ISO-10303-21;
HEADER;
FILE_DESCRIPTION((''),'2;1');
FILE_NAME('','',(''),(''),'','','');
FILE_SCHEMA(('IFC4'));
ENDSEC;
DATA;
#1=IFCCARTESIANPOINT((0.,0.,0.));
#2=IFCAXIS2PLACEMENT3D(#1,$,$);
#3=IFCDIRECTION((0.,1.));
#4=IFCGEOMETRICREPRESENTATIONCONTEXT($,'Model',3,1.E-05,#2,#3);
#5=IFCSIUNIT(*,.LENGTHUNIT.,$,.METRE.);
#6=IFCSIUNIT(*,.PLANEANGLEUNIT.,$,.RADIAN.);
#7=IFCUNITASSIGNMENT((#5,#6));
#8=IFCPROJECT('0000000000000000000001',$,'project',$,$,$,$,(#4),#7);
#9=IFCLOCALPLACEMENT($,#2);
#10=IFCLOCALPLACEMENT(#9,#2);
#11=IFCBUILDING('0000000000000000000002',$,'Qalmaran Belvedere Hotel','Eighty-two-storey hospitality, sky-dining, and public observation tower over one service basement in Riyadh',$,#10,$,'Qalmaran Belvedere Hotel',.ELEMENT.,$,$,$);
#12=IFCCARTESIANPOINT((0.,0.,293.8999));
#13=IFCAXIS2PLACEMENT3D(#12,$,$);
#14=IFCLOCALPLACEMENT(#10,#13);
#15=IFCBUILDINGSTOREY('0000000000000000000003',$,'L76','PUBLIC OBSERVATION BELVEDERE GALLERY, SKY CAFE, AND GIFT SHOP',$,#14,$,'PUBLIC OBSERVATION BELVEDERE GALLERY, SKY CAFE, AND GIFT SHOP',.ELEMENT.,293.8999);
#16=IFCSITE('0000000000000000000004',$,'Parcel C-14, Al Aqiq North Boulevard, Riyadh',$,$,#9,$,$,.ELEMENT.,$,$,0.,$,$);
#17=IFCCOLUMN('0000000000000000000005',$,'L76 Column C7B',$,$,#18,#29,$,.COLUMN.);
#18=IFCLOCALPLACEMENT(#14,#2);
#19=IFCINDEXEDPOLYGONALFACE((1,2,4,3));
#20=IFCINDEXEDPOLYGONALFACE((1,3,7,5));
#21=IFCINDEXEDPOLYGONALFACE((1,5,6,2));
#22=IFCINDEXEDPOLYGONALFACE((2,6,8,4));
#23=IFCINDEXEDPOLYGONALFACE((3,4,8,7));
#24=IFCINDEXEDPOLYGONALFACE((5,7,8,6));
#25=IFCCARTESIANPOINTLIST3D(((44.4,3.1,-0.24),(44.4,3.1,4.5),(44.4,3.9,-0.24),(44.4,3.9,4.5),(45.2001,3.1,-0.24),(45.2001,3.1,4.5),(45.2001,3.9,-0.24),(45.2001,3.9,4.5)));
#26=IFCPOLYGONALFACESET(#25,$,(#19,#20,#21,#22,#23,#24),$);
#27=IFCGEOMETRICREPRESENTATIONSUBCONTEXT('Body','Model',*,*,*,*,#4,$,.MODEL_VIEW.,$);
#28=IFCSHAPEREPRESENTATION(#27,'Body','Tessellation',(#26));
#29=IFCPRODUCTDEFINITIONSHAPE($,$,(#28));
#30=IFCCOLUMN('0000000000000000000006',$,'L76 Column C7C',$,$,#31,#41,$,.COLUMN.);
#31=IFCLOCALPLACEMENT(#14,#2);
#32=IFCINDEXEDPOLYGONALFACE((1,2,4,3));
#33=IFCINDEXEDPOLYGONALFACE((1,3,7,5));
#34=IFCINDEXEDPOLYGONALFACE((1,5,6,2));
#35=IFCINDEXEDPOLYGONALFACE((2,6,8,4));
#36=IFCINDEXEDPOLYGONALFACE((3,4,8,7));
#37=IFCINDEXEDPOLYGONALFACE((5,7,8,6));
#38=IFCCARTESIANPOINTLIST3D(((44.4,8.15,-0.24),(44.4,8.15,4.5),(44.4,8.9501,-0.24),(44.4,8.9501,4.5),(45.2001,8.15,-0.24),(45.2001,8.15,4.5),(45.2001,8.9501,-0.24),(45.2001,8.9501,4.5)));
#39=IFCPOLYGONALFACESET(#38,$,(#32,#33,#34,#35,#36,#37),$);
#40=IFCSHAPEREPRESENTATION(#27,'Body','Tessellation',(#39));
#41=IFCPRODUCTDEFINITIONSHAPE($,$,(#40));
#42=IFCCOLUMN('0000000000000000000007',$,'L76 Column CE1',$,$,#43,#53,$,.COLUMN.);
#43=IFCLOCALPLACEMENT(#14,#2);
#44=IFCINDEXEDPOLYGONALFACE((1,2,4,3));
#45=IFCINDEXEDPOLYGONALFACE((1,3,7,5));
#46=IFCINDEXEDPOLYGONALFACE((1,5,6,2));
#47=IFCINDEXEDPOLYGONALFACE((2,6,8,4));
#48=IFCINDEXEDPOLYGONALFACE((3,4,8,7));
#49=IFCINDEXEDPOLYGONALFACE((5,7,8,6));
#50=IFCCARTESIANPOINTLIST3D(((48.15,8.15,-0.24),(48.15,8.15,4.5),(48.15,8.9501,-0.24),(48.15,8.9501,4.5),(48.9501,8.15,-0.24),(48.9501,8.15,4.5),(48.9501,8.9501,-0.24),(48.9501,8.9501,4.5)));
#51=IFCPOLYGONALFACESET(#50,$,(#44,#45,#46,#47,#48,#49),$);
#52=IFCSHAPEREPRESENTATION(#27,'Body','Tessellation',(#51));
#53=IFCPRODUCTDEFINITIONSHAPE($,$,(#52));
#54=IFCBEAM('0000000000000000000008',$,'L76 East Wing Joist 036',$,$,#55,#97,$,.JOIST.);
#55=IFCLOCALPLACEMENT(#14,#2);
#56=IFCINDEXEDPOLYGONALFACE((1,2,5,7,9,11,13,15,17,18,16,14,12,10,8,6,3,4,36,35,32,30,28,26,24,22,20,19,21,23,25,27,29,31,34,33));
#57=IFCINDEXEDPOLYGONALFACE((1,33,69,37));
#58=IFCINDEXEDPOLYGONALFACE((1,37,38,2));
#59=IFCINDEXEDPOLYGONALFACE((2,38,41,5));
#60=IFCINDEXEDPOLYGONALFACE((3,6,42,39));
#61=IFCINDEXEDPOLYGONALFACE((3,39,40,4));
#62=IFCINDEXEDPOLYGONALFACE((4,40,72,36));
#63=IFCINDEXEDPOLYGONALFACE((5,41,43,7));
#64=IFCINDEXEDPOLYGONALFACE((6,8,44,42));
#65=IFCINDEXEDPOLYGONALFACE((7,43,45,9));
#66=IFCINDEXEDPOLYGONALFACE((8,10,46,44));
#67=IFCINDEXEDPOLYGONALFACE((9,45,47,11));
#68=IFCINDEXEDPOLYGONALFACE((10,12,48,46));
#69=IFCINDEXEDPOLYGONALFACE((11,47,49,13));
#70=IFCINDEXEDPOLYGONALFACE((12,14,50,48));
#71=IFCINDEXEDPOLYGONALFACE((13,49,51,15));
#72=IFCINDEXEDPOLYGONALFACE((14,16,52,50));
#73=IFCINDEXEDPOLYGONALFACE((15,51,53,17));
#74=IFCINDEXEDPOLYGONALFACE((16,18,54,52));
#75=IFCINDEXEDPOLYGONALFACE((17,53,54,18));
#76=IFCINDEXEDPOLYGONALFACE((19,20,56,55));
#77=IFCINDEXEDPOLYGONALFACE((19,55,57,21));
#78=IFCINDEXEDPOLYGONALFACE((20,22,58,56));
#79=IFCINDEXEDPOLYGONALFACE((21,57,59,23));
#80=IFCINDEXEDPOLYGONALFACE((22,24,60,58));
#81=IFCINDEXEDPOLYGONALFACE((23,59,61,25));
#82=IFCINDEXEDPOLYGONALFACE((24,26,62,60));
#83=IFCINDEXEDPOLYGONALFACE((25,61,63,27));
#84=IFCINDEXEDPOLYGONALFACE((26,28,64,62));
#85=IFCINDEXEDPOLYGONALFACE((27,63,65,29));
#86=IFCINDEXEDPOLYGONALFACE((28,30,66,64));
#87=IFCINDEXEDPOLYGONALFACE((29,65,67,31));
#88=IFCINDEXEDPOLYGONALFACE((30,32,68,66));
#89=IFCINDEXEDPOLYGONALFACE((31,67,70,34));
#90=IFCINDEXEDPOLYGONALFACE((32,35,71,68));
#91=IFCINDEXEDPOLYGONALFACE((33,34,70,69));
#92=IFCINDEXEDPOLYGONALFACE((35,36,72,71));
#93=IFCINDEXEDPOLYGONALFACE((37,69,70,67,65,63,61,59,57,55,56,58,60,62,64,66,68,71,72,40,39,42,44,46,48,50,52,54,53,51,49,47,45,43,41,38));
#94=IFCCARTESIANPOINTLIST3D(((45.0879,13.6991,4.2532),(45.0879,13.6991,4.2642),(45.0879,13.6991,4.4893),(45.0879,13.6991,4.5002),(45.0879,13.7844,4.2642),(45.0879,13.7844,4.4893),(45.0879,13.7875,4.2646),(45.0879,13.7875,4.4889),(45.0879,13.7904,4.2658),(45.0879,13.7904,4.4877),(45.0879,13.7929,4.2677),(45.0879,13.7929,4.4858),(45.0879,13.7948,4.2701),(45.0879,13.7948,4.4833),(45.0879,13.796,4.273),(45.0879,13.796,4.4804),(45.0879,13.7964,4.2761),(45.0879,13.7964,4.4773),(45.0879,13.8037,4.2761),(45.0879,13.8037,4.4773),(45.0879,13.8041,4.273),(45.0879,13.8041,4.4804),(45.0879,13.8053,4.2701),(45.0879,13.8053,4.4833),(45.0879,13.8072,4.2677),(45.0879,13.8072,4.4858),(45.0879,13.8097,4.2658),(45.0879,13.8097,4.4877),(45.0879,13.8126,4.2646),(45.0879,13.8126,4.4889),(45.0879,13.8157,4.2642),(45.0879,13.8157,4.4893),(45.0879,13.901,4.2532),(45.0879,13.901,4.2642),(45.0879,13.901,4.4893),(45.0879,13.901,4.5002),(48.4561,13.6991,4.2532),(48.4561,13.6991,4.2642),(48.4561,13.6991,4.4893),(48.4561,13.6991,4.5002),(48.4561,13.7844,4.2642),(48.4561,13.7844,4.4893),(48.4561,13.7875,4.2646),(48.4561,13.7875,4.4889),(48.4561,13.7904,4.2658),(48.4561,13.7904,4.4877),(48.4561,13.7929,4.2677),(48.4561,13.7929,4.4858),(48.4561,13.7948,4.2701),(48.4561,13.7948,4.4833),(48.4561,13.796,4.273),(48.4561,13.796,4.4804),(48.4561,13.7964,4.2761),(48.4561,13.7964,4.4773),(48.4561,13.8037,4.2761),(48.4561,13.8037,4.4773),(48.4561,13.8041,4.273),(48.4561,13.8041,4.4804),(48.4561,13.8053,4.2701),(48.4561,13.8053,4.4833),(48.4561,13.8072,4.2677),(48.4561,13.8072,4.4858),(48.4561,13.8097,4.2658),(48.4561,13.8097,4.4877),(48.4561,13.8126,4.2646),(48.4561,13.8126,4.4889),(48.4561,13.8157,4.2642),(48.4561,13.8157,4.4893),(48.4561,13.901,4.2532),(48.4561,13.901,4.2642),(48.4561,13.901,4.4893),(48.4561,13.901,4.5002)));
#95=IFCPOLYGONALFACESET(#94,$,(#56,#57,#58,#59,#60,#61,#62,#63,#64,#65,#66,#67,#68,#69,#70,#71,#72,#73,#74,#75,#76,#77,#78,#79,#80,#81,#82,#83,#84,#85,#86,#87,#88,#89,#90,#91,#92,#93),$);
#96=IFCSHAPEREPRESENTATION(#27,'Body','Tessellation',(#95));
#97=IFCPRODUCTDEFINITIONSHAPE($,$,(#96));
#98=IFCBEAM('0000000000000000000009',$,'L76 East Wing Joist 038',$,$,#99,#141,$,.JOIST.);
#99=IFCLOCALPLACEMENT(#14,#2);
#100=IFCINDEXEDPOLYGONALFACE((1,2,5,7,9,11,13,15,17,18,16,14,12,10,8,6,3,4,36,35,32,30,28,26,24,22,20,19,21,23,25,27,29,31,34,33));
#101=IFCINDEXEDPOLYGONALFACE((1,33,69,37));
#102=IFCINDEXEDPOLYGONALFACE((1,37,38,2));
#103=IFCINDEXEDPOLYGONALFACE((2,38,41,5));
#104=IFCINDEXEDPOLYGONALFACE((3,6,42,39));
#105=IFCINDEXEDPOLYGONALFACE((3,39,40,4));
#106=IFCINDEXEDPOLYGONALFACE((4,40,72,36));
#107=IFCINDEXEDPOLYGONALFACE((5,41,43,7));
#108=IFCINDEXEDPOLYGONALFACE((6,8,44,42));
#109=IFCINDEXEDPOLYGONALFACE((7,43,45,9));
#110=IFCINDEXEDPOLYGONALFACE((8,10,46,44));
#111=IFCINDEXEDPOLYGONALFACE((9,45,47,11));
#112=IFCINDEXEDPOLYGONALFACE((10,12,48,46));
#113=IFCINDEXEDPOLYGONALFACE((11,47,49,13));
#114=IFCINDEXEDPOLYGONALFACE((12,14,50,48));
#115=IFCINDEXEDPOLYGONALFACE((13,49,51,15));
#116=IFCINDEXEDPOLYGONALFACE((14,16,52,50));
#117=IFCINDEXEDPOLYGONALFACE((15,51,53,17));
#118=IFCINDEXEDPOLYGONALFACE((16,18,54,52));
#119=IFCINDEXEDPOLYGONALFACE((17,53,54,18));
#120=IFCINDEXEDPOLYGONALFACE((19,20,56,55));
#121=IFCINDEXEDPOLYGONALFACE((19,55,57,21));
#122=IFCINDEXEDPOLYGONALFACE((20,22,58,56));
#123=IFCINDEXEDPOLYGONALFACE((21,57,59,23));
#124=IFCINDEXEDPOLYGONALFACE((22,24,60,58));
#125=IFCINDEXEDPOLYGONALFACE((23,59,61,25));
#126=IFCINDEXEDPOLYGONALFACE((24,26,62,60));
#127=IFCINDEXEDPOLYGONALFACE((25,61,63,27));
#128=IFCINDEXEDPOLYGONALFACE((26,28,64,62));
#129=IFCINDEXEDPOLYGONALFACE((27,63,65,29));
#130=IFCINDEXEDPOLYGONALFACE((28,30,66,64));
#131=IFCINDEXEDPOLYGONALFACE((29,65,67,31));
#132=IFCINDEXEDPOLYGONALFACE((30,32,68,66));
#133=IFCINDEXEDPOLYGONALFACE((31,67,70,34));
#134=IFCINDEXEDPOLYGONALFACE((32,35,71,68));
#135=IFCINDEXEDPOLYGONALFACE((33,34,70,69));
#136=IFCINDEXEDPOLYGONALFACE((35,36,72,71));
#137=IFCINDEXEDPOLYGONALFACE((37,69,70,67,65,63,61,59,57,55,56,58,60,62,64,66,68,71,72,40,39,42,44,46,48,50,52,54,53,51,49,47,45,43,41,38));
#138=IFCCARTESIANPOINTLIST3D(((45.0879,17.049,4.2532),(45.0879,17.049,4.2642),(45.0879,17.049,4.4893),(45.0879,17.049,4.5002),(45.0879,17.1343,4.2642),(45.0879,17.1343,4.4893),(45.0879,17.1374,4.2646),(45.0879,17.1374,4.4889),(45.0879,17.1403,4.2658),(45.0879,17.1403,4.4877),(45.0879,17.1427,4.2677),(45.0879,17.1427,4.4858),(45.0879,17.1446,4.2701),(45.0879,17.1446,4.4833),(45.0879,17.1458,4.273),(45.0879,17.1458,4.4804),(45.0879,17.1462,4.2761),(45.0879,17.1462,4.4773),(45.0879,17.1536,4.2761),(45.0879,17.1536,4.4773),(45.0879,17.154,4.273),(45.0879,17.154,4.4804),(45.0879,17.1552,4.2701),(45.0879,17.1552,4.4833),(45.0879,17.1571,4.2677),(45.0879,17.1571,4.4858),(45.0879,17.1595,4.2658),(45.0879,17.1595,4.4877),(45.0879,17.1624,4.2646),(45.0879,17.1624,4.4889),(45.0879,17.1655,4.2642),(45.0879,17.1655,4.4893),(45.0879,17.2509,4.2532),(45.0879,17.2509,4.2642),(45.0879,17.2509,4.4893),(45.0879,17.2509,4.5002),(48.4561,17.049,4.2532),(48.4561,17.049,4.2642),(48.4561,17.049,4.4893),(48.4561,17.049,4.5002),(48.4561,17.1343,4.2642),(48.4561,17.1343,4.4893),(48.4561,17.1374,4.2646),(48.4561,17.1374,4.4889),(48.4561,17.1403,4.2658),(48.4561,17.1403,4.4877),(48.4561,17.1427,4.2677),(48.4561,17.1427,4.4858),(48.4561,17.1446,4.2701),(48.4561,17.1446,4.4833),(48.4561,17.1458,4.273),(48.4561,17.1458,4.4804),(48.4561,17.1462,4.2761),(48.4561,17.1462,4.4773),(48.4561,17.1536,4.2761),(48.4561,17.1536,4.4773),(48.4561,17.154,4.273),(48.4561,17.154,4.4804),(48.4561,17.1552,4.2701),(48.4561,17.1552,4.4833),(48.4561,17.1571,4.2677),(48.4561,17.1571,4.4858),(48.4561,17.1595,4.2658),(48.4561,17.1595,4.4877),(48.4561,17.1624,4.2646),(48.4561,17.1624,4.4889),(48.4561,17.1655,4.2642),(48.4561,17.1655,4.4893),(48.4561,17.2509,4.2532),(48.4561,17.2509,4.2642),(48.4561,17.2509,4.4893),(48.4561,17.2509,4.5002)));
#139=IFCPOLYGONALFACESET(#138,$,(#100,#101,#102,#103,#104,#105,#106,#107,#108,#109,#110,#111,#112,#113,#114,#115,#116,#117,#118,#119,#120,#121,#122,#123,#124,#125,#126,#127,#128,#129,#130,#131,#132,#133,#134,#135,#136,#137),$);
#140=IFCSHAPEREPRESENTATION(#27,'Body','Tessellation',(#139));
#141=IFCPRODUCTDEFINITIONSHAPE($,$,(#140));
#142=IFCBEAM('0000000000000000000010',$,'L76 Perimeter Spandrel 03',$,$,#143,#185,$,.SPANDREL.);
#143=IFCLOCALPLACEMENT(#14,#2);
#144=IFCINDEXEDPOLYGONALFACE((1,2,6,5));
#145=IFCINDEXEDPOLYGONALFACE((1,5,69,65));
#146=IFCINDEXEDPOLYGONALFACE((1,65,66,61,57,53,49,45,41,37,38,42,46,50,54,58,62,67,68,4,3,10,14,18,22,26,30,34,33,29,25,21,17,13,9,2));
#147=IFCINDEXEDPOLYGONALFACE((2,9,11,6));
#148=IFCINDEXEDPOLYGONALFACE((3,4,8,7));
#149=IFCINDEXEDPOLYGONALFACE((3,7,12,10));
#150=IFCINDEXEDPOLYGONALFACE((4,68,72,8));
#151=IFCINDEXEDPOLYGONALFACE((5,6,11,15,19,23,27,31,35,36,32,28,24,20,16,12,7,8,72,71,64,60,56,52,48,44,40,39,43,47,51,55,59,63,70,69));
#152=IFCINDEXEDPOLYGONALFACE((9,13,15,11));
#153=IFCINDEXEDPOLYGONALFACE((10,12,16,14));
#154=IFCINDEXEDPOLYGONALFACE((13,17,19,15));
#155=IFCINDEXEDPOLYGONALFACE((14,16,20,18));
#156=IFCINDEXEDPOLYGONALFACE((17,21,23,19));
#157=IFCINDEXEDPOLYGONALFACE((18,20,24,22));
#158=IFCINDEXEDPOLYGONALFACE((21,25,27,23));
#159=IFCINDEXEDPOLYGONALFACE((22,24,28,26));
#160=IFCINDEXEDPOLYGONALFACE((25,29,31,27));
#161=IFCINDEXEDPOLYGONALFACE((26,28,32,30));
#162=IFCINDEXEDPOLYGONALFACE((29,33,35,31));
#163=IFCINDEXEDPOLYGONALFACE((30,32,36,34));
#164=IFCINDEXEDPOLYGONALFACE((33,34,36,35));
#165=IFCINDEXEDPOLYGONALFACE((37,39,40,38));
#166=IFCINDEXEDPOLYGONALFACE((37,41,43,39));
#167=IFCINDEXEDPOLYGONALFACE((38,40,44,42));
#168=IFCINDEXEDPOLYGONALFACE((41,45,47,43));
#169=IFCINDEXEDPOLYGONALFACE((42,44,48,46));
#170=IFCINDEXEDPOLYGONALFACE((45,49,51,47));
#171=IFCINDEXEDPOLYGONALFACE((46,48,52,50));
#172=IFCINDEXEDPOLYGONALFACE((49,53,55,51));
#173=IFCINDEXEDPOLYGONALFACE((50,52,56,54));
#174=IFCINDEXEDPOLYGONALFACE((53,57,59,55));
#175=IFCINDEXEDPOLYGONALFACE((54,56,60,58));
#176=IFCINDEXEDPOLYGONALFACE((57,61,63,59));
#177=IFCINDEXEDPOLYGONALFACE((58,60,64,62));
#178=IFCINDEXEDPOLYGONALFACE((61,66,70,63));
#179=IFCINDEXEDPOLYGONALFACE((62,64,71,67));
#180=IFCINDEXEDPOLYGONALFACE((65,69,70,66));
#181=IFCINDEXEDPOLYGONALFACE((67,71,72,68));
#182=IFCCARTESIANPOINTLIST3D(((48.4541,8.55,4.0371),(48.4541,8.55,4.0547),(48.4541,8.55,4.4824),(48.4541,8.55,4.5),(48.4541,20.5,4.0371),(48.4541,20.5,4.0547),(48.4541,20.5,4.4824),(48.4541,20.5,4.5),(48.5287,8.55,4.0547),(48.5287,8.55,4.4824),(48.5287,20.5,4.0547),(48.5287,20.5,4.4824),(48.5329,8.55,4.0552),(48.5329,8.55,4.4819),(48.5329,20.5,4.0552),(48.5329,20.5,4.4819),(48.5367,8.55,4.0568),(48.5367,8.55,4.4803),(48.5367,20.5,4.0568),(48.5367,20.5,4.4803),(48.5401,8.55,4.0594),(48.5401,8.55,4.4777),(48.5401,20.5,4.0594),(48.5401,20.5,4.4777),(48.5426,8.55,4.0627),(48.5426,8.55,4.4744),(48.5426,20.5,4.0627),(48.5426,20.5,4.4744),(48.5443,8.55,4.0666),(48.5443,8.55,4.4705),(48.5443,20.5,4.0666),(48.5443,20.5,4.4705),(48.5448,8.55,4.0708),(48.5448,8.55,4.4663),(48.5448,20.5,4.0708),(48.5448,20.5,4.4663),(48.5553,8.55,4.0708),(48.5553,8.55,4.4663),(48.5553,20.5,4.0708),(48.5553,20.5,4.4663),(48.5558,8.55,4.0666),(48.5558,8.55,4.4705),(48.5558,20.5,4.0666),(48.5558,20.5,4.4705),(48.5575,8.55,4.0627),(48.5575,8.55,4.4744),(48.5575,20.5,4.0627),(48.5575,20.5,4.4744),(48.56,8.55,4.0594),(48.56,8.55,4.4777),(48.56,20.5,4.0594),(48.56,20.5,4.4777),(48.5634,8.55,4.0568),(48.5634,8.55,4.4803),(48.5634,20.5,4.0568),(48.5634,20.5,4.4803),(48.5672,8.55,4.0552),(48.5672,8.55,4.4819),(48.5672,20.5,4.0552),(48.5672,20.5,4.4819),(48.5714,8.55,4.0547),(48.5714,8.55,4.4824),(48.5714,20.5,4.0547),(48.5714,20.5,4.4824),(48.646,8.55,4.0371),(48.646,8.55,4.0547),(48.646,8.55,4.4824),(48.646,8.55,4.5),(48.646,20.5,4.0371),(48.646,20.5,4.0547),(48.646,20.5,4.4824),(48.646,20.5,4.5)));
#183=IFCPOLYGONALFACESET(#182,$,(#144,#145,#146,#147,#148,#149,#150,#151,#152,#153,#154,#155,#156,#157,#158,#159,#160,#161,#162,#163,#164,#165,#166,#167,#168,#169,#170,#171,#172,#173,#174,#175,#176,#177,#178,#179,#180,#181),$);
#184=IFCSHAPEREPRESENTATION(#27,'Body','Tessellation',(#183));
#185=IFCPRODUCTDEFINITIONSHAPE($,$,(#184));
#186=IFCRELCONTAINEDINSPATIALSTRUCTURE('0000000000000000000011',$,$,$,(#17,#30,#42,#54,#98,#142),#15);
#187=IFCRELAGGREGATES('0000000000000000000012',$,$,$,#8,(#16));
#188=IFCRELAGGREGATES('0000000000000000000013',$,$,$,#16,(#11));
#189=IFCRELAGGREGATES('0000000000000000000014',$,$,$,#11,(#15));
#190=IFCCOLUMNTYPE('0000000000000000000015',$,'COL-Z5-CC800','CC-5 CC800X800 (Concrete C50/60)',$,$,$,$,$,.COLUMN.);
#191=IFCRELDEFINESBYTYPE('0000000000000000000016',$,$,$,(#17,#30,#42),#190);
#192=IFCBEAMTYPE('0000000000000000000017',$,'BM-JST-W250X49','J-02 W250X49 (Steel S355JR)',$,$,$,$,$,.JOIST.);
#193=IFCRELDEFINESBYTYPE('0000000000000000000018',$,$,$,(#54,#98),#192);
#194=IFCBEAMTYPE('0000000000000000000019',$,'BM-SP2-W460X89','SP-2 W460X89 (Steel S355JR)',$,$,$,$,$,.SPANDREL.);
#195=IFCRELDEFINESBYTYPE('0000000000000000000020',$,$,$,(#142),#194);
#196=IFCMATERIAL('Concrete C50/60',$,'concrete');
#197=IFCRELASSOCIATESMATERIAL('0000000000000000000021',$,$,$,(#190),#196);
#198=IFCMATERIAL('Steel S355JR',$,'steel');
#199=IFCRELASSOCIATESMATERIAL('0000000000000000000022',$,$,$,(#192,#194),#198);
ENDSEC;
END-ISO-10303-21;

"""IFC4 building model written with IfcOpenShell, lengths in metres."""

from ifc_helpers import new_model, si_unit, direction, frame, origin, origin_2d, place, context, subcontext, project, spatial, rectangle, i_section, extrude, material, material_profile, profile_set, type_object, element, save


model = new_model("IFC4")

# Units and contexts
model_context = context("Model", 3, precision=1e-05, world=origin(), true_north=direction((0.0, 1.0)))
body_context = subcontext(model_context, "Body", "Model", "MODEL_VIEW")
ifc_project = project(units=[si_unit("LENGTHUNIT", "METRE"), si_unit("PLANEANGLEUNIT", "RADIAN")], contexts=[model_context])

# Site, building, storey
site_placement = place(None, origin())
site = spatial("IfcSite", under=ifc_project, at=site_placement, Name="Parcel C-14, Al Aqiq North Boulevard, Riyadh", CompositionType="ELEMENT", RefElevation=0.0)
building_placement = place(site_placement, origin())
building = spatial("IfcBuilding", under=site, at=building_placement, Name="Qalmaran Belvedere Hotel", Description="Eighty-two-storey hospitality, sky-dining, and public observation tower over one service basement in Riyadh", LongName="Qalmaran Belvedere Hotel", CompositionType="ELEMENT")
storey_placement = place(building_placement, frame((0.0, 0.0, 293.8999)))
storey = spatial("IfcBuildingStorey", under=building, at=storey_placement, Name="L76", Description="PUBLIC OBSERVATION BELVEDERE GALLERY, SKY CAFE, AND GIFT SHOP", LongName="PUBLIC OBSERVATION BELVEDERE GALLERY, SKY CAFE, AND GIFT SHOP", CompositionType="ELEMENT", Elevation=293.8999)

# Columns
ifc_material_1 = material(Name="Concrete C50/60", Category="concrete")
ifc_material_profile_1 = material_profile(ifc_material_1, rectangle(XDim=0.8, YDim=0.8, at=origin_2d()), Name="CC800X800")
ifc_profile_set_1 = profile_set([ifc_material_profile_1], Name="Concrete C50/60")
column_type = type_object("IfcColumnType", Name="COL-Z5-CC800", Description="CC-5 CC800X800 (Concrete C50/60)", PredefinedType="COLUMN", material=ifc_profile_set_1)
for number, where, z_axis, x_axis, name in (
    (1, (44.8, 3.5, -0.24), (0.0, 0.0, 1.0), (1.0, 0.0, 0.0), "L76 Column C7B"),
    (2, (44.8, 8.55, -0.24), (0.0, 0.0, 1.0), (1.0, 0.0, 0.0), "L76 Column C7C"),
    (3, (48.55, 8.55, -0.24), (0.0, 0.0, 1.0), (1.0, 0.0, 0.0), "L76 Column CE1"),
):
    element("IfcColumn", number, at=place(storey_placement, frame(where, z_axis=z_axis, x_axis=x_axis)), inside=storey, type_object=column_type, Name=name, PredefinedType="COLUMN", context=body_context, shape_type="SweptSolid", body=[
        extrude(rectangle(XDim=0.8, YDim=0.8, at=origin_2d()), origin(), (0.0, 0.0, 1.0), 4.74),
    ])

# Beams
ifc_material_2 = material(Name="Steel S355JR", Category="steel")
ifc_material_profile_2 = material_profile(ifc_material_2, i_section(OverallWidth=0.2019, OverallDepth=0.2471, WebThickness=0.0073, FlangeThickness=0.011, FilletRadius=0.012, at=origin_2d()), Name="W250X49")
ifc_profile_set_2 = profile_set([ifc_material_profile_2], Name="Steel S355JR")
beam_type_1 = type_object("IfcBeamType", Name="BM-JST-W250X49", Description="J-02 W250X49 (Steel S355JR)", PredefinedType="JOIST", material=ifc_profile_set_2)
for number, where, z_axis, x_axis, name in (
    (4, (45.0879, 13.8, 4.3767), (1.0, 0.0, 0.0), (0.0, 1.0, 0.0), "L76 East Wing Joist 036"),
    (5, (45.0879, 17.1499, 4.3767), (1.0, 0.0, 0.0), (0.0, 1.0, 0.0), "L76 East Wing Joist 038"),
):
    element("IfcBeam", number, at=place(storey_placement, frame(where, z_axis=z_axis, x_axis=x_axis)), inside=storey, type_object=beam_type_1, Name=name, PredefinedType="JOIST", context=body_context, shape_type="SweptSolid", body=[
        extrude(i_section(OverallWidth=0.2019, OverallDepth=0.2471, WebThickness=0.0073, FlangeThickness=0.011, FilletRadius=0.012, at=origin_2d()), origin(), (0.0, 0.0, 1.0), 3.3682),
    ])
ifc_material_profile_3 = material_profile(ifc_material_2, i_section(OverallWidth=0.1919, OverallDepth=0.4629, WebThickness=0.0105, FlangeThickness=0.0176, FilletRadius=0.0161, at=origin_2d()), Name="W460X89")
ifc_profile_set_3 = profile_set([ifc_material_profile_3], Name="Steel S355JR")
beam_type_2 = type_object("IfcBeamType", Name="BM-SP2-W460X89", Description="SP-2 W460X89 (Steel S355JR)", PredefinedType="SPANDREL", material=ifc_profile_set_3)
beam_1_placement = place(storey_placement, frame((48.55, 8.55, 4.2686), z_axis=(0.0, 1.0, 0.0), x_axis=(-1.0, 0.0, 0.0)))
element("IfcBeam", 6, at=beam_1_placement, inside=storey, type_object=beam_type_2, Name="L76 Perimeter Spandrel 03", PredefinedType="SPANDREL", context=body_context, shape_type="SweptSolid", body=[
    extrude(i_section(OverallWidth=0.1919, OverallDepth=0.4629, WebThickness=0.0105, FlangeThickness=0.0176, FilletRadius=0.0161, at=origin_2d()), origin(), (0.0, 0.0, 1.0), 11.95),
])

save(model, "model.ifc")
